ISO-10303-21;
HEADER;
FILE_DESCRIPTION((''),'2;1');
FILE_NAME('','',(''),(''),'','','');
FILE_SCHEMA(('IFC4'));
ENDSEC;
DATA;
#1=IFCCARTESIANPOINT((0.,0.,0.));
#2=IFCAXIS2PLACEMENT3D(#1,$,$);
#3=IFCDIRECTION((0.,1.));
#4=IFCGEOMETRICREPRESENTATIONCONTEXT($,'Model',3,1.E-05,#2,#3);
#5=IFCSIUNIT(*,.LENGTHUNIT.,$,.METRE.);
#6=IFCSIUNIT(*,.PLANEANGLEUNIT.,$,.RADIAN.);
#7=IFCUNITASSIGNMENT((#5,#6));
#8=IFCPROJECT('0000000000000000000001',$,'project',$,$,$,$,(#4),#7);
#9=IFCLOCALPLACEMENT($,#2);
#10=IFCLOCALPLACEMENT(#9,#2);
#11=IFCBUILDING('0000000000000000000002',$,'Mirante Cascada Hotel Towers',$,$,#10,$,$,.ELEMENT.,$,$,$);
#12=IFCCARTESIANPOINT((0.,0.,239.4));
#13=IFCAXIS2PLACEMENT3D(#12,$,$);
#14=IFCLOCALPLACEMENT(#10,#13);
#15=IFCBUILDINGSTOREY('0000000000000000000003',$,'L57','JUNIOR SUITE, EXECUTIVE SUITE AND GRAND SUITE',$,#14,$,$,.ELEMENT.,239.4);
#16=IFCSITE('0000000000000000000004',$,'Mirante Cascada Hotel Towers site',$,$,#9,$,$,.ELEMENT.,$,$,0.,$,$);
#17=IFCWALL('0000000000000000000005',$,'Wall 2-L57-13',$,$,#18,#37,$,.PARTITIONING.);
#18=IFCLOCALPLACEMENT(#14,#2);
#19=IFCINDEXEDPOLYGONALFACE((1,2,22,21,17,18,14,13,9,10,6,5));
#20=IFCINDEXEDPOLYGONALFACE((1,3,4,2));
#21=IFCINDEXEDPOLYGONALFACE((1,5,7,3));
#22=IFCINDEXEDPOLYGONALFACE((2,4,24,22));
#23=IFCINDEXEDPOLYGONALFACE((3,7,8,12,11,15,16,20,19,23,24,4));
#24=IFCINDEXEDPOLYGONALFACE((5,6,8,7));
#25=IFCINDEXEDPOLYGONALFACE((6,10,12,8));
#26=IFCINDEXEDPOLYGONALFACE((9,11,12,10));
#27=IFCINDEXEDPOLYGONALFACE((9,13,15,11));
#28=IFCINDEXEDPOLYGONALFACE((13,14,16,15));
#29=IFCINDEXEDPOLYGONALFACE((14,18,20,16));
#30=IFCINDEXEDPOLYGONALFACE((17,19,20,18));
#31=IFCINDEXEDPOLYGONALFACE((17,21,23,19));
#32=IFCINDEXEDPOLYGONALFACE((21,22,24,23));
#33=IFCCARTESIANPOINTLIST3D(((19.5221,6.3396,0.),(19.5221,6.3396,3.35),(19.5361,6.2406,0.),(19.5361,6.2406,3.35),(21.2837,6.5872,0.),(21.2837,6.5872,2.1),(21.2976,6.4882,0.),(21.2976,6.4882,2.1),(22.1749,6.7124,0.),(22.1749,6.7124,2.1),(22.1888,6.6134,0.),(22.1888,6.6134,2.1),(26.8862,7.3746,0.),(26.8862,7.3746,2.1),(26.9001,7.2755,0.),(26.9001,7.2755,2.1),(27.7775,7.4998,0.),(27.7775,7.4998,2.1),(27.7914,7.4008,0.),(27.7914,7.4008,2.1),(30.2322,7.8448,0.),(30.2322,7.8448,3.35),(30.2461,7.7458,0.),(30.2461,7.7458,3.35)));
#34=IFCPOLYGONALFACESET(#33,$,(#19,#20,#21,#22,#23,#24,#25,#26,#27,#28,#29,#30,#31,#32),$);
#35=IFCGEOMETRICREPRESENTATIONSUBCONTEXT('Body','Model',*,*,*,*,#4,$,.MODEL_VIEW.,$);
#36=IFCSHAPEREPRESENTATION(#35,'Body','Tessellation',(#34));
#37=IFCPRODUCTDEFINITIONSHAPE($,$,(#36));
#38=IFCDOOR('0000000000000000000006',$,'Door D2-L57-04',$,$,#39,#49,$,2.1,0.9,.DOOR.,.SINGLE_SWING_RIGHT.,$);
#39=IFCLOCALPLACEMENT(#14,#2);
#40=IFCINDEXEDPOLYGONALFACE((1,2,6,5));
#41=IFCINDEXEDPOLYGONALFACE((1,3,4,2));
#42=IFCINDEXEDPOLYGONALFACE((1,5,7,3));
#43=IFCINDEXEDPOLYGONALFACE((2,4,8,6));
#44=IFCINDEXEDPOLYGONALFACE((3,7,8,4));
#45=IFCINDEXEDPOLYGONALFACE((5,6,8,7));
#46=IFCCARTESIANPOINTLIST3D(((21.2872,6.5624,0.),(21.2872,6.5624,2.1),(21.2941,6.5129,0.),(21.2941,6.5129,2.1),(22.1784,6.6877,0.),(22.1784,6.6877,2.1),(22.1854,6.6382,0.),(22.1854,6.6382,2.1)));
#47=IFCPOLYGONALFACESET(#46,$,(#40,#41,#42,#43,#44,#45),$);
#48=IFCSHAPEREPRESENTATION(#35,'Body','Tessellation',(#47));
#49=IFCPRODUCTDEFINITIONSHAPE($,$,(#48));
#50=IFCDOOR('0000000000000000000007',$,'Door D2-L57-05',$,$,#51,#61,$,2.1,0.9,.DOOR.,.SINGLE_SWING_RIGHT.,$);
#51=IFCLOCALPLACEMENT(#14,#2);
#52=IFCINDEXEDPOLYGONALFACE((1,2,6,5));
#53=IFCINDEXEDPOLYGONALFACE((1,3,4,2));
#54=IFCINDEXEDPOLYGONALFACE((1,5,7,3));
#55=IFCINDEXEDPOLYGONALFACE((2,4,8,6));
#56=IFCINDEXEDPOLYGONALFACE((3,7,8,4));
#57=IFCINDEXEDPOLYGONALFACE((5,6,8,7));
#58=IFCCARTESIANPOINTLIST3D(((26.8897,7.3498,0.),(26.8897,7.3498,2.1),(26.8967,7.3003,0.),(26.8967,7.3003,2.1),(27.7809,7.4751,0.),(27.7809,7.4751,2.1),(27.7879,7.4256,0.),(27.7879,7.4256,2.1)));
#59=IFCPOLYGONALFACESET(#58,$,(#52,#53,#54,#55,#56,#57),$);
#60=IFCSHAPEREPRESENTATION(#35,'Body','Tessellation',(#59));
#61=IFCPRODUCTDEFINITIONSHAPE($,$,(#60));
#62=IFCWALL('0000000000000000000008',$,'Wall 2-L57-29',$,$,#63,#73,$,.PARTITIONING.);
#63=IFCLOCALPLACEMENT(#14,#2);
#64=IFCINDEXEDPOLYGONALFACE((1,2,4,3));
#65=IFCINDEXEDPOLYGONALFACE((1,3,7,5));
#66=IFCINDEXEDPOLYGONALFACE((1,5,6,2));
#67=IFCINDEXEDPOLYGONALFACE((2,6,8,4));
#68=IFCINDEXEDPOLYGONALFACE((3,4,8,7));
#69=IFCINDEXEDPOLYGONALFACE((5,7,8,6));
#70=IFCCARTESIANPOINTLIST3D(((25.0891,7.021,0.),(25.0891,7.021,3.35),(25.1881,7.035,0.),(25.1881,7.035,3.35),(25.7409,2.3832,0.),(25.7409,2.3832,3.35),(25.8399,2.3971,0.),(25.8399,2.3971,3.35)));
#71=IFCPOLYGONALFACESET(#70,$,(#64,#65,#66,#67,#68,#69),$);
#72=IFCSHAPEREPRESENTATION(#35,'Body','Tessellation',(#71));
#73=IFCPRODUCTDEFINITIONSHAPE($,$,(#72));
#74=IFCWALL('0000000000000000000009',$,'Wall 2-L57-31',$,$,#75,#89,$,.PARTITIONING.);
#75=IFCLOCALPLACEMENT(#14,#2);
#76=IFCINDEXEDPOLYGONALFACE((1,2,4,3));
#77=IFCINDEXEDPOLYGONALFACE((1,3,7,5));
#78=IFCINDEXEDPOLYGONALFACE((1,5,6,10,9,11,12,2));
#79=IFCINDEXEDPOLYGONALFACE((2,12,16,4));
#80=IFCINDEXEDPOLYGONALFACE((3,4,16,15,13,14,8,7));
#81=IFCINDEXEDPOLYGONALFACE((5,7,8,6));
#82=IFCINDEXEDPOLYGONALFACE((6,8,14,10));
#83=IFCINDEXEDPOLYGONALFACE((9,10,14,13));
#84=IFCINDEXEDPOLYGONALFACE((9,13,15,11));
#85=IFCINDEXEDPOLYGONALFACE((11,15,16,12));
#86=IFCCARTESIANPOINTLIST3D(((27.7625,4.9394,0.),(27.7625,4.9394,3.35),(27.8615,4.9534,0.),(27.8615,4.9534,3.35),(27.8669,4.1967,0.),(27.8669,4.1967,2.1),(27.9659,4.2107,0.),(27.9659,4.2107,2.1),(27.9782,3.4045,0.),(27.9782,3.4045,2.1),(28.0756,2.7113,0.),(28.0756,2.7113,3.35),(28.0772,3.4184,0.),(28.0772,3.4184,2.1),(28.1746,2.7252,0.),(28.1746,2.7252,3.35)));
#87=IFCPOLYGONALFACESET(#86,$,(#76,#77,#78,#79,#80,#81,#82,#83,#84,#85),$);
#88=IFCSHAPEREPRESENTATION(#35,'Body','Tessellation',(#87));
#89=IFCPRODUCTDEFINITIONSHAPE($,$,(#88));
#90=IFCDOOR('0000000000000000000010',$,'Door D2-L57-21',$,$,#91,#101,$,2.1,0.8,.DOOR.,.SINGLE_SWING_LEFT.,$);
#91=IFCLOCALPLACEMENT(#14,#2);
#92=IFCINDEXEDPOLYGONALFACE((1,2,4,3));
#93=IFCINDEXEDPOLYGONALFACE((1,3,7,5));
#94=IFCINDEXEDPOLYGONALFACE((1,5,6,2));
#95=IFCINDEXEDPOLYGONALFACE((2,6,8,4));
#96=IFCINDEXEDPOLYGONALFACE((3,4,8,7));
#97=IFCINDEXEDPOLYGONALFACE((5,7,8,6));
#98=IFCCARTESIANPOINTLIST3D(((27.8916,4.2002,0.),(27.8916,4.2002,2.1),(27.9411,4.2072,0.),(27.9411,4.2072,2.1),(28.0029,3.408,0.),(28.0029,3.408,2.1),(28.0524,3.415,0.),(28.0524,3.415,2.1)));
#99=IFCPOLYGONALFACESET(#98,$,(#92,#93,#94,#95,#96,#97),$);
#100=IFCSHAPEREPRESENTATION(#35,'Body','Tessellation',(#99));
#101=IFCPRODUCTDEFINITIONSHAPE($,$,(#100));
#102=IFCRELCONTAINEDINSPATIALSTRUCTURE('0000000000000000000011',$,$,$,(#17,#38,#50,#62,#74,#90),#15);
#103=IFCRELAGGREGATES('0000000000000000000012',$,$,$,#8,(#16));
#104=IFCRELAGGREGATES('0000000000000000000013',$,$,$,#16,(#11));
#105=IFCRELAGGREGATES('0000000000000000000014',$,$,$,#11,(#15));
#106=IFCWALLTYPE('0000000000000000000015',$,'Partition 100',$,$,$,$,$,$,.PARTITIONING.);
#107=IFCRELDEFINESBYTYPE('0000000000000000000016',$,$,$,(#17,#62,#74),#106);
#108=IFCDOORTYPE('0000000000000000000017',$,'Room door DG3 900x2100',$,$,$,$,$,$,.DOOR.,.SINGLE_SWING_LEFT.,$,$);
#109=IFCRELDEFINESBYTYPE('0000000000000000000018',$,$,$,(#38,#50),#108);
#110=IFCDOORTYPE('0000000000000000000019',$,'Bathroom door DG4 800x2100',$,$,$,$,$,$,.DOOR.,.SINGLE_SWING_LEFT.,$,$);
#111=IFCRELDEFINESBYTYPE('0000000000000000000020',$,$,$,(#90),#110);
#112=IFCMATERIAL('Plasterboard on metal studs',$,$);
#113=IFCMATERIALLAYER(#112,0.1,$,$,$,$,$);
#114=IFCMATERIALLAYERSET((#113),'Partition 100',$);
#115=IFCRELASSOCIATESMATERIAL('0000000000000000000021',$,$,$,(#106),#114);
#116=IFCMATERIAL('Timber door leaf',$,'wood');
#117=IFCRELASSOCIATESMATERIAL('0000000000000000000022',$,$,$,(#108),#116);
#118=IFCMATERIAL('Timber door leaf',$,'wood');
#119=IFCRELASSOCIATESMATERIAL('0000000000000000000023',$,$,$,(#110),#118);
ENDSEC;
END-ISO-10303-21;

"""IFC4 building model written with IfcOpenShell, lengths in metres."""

from ifc_helpers import new_model, si_unit, direction, frame, frame_2d, origin, place, context, subcontext, project, spatial, rectangle, extrude, material, layer, layer_set, type_object, element, fill, save


model = new_model("IFC4")

# Units and contexts
model_context = context("Model", 3, precision=1e-05, world=origin(), true_north=direction((0.0, 1.0)))
body_context = subcontext(model_context, "Body", "Model", "MODEL_VIEW")
ifc_project = project(units=[si_unit("LENGTHUNIT", "METRE"), si_unit("PLANEANGLEUNIT", "RADIAN")], contexts=[model_context])

# Site, building, storey
site_placement = place(None, origin())
site = spatial("IfcSite", under=ifc_project, at=site_placement, Name="Mirante Cascada Hotel Towers site", CompositionType="ELEMENT", RefElevation=0.0)
building_placement = place(site_placement, origin())
building = spatial("IfcBuilding", under=site, at=building_placement, Name="Mirante Cascada Hotel Towers", CompositionType="ELEMENT")
storey_placement = place(building_placement, frame((0.0, 0.0, 239.4)))
storey = spatial("IfcBuildingStorey", under=building, at=storey_placement, Name="L57", Description="JUNIOR SUITE, EXECUTIVE SUITE AND GRAND SUITE", CompositionType="ELEMENT", Elevation=239.4)

# Shared definitions
ifc_material_1 = material(Name="Plasterboard on metal studs")
ifc_layer_1 = layer(ifc_material_1, 0.1)
ifc_layer_set_1 = layer_set([ifc_layer_1], Name="Partition 100")
wall_type_1 = type_object("IfcWallType", Name="Partition 100", PredefinedType="PARTITIONING", material=ifc_layer_set_1)

# Wall, openings, doors
wall_1_placement = place(storey_placement, frame((30.2391, 7.7953, 0.0), z_axis=(0.0, 0.0, 1.0), x_axis=(-0.990268, -0.139174, 0.0)))
wall_1 = element("IfcWall", 1, at=wall_1_placement, inside=storey, type_object=wall_type_1, Name="Wall 2-L57-13", PredefinedType="PARTITIONING", context=body_context, shape_type="SweptSolid", body=[
    extrude(rectangle(XDim=10.8153, YDim=0.1, at=frame_2d((5.4076, 0.0))), origin(), (0.0, 0.0, 1.0), 3.35),
])
opening_1_placement = place(wall_1_placement, frame((8.1364, 0.0, 0.0)))
opening_1 = element("IfcOpeningElement", 2, at=opening_1_placement, cuts=wall_1, PredefinedType="OPENING", context=body_context, shape_type="SweptSolid", body=[
    extrude(rectangle(XDim=0.9, YDim=2.1, at=frame_2d((0.45, 1.05))), frame((0.0, 0.05, 0.0), z_axis=(0.0, -1.0, 0.0), x_axis=(1.0, 0.0, 0.0)), (0.0, 0.0, 1.0), 0.1),
])
opening_2_placement = place(wall_1_placement, frame((2.4788, 0.0, 0.0)))
opening_2 = element("IfcOpeningElement", 3, at=opening_2_placement, cuts=wall_1, PredefinedType="OPENING", context=body_context, shape_type="SweptSolid", body=[
    extrude(rectangle(XDim=0.9, YDim=2.1, at=frame_2d((0.45, 1.05))), frame((0.0, 0.05, 0.0), z_axis=(0.0, -1.0, 0.0), x_axis=(1.0, 0.0, 0.0)), (0.0, 0.0, 1.0), 0.1),
])
ifc_material_2 = material(Name="Timber door leaf", Category="wood")
door_type_1 = type_object("IfcDoorType", Name="Room door DG3 900x2100", OperationType="SINGLE_SWING_LEFT", PredefinedType="DOOR", material=ifc_material_2)
door_1_placement = place(opening_1_placement, frame((0.9, 0.0, 0.0), z_axis=(0.0, 0.0, 1.0), x_axis=(-1.0, 0.0, 0.0)))
door_1 = element("IfcDoor", 4, at=door_1_placement, inside=storey, type_object=door_type_1, Name="Door D2-L57-04", OperationType="SINGLE_SWING_RIGHT", OverallHeight=2.1, OverallWidth=0.9, PredefinedType="DOOR", context=body_context, shape_type="SweptSolid", body=[
    extrude(rectangle(XDim=0.9, YDim=2.1, at=frame_2d((0.45, 1.05))), frame((0.0, 0.025, 0.0), z_axis=(0.0, -1.0, 0.0), x_axis=(1.0, 0.0, 0.0)), (0.0, 0.0, 1.0), 0.05),
])
fill(opening_1, door_1)
door_2_placement = place(opening_2_placement, frame((0.9, 0.0, 0.0), z_axis=(0.0, 0.0, 1.0), x_axis=(-1.0, 0.0, 0.0)))
door_2 = element("IfcDoor", 5, at=door_2_placement, inside=storey, type_object=door_type_1, Name="Door D2-L57-05", OperationType="SINGLE_SWING_RIGHT", OverallHeight=2.1, OverallWidth=0.9, PredefinedType="DOOR", context=body_context, shape_type="SweptSolid", body=[
    extrude(rectangle(XDim=0.9, YDim=2.1, at=frame_2d((0.45, 1.05))), frame((0.0, 0.025, 0.0), z_axis=(0.0, -1.0, 0.0), x_axis=(1.0, 0.0, 0.0)), (0.0, 0.0, 1.0), 0.05),
])
fill(opening_2, door_2)

# Wall
wall_2_placement = place(storey_placement, frame((25.1386, 7.028, 0.0), z_axis=(0.0, 0.0, 1.0), x_axis=(0.139173, -0.990268, 0.0)))
element("IfcWall", 6, at=wall_2_placement, inside=storey, type_object=wall_type_1, Name="Wall 2-L57-29", PredefinedType="PARTITIONING", context=body_context, shape_type="SweptSolid", body=[
    extrude(rectangle(XDim=4.6834, YDim=0.1, at=frame_2d((2.3417, 0.0))), origin(), (0.0, 0.0, 1.0), 3.35),
])

# Wall, opening, door
wall_3_placement = place(storey_placement, frame((27.812, 4.9464, 0.0), z_axis=(0.0, 0.0, 1.0), x_axis=(0.139156, -0.990271, 0.0)))
wall_3 = element("IfcWall", 7, at=wall_3_placement, inside=storey, type_object=wall_type_1, Name="Wall 2-L57-31", PredefinedType="PARTITIONING", context=body_context, shape_type="SweptSolid", body=[
    extrude(rectangle(XDim=2.25, YDim=0.1, at=frame_2d((1.125, 0.0))), origin(), (0.0, 0.0, 1.0), 3.35),
])
opening_3_placement = place(wall_3_placement, frame((0.75, 0.0, 0.0)))
opening_3 = element("IfcOpeningElement", 8, at=opening_3_placement, cuts=wall_3, PredefinedType="OPENING", context=body_context, shape_type="SweptSolid", body=[
    extrude(rectangle(XDim=0.8, YDim=2.1, at=frame_2d((0.4, 1.05))), frame((0.0, 0.05, 0.0), z_axis=(0.0, -1.0, 0.0), x_axis=(1.0, 0.0, 0.0)), (0.0, 0.0, 1.0), 0.1),
])
ifc_material_3 = material(Name="Timber door leaf", Category="wood")
door_type_2 = type_object("IfcDoorType", Name="Bathroom door DG4 800x2100", OperationType="SINGLE_SWING_LEFT", PredefinedType="DOOR", material=ifc_material_3)
door_3_placement = place(opening_3_placement, origin())
door_3 = element("IfcDoor", 9, at=door_3_placement, inside=storey, type_object=door_type_2, Name="Door D2-L57-21", OperationType="SINGLE_SWING_LEFT", OverallHeight=2.1, OverallWidth=0.8, PredefinedType="DOOR", context=body_context, shape_type="SweptSolid", body=[
    extrude(rectangle(XDim=0.8, YDim=2.1, at=frame_2d((0.4, 1.05))), frame((0.0, 0.025, 0.0), z_axis=(0.0, -1.0, 0.0), x_axis=(1.0, 0.0, 0.0)), (0.0, 0.0, 1.0), 0.05),
])
fill(opening_3, door_3)

save(model, "model.ifc")
